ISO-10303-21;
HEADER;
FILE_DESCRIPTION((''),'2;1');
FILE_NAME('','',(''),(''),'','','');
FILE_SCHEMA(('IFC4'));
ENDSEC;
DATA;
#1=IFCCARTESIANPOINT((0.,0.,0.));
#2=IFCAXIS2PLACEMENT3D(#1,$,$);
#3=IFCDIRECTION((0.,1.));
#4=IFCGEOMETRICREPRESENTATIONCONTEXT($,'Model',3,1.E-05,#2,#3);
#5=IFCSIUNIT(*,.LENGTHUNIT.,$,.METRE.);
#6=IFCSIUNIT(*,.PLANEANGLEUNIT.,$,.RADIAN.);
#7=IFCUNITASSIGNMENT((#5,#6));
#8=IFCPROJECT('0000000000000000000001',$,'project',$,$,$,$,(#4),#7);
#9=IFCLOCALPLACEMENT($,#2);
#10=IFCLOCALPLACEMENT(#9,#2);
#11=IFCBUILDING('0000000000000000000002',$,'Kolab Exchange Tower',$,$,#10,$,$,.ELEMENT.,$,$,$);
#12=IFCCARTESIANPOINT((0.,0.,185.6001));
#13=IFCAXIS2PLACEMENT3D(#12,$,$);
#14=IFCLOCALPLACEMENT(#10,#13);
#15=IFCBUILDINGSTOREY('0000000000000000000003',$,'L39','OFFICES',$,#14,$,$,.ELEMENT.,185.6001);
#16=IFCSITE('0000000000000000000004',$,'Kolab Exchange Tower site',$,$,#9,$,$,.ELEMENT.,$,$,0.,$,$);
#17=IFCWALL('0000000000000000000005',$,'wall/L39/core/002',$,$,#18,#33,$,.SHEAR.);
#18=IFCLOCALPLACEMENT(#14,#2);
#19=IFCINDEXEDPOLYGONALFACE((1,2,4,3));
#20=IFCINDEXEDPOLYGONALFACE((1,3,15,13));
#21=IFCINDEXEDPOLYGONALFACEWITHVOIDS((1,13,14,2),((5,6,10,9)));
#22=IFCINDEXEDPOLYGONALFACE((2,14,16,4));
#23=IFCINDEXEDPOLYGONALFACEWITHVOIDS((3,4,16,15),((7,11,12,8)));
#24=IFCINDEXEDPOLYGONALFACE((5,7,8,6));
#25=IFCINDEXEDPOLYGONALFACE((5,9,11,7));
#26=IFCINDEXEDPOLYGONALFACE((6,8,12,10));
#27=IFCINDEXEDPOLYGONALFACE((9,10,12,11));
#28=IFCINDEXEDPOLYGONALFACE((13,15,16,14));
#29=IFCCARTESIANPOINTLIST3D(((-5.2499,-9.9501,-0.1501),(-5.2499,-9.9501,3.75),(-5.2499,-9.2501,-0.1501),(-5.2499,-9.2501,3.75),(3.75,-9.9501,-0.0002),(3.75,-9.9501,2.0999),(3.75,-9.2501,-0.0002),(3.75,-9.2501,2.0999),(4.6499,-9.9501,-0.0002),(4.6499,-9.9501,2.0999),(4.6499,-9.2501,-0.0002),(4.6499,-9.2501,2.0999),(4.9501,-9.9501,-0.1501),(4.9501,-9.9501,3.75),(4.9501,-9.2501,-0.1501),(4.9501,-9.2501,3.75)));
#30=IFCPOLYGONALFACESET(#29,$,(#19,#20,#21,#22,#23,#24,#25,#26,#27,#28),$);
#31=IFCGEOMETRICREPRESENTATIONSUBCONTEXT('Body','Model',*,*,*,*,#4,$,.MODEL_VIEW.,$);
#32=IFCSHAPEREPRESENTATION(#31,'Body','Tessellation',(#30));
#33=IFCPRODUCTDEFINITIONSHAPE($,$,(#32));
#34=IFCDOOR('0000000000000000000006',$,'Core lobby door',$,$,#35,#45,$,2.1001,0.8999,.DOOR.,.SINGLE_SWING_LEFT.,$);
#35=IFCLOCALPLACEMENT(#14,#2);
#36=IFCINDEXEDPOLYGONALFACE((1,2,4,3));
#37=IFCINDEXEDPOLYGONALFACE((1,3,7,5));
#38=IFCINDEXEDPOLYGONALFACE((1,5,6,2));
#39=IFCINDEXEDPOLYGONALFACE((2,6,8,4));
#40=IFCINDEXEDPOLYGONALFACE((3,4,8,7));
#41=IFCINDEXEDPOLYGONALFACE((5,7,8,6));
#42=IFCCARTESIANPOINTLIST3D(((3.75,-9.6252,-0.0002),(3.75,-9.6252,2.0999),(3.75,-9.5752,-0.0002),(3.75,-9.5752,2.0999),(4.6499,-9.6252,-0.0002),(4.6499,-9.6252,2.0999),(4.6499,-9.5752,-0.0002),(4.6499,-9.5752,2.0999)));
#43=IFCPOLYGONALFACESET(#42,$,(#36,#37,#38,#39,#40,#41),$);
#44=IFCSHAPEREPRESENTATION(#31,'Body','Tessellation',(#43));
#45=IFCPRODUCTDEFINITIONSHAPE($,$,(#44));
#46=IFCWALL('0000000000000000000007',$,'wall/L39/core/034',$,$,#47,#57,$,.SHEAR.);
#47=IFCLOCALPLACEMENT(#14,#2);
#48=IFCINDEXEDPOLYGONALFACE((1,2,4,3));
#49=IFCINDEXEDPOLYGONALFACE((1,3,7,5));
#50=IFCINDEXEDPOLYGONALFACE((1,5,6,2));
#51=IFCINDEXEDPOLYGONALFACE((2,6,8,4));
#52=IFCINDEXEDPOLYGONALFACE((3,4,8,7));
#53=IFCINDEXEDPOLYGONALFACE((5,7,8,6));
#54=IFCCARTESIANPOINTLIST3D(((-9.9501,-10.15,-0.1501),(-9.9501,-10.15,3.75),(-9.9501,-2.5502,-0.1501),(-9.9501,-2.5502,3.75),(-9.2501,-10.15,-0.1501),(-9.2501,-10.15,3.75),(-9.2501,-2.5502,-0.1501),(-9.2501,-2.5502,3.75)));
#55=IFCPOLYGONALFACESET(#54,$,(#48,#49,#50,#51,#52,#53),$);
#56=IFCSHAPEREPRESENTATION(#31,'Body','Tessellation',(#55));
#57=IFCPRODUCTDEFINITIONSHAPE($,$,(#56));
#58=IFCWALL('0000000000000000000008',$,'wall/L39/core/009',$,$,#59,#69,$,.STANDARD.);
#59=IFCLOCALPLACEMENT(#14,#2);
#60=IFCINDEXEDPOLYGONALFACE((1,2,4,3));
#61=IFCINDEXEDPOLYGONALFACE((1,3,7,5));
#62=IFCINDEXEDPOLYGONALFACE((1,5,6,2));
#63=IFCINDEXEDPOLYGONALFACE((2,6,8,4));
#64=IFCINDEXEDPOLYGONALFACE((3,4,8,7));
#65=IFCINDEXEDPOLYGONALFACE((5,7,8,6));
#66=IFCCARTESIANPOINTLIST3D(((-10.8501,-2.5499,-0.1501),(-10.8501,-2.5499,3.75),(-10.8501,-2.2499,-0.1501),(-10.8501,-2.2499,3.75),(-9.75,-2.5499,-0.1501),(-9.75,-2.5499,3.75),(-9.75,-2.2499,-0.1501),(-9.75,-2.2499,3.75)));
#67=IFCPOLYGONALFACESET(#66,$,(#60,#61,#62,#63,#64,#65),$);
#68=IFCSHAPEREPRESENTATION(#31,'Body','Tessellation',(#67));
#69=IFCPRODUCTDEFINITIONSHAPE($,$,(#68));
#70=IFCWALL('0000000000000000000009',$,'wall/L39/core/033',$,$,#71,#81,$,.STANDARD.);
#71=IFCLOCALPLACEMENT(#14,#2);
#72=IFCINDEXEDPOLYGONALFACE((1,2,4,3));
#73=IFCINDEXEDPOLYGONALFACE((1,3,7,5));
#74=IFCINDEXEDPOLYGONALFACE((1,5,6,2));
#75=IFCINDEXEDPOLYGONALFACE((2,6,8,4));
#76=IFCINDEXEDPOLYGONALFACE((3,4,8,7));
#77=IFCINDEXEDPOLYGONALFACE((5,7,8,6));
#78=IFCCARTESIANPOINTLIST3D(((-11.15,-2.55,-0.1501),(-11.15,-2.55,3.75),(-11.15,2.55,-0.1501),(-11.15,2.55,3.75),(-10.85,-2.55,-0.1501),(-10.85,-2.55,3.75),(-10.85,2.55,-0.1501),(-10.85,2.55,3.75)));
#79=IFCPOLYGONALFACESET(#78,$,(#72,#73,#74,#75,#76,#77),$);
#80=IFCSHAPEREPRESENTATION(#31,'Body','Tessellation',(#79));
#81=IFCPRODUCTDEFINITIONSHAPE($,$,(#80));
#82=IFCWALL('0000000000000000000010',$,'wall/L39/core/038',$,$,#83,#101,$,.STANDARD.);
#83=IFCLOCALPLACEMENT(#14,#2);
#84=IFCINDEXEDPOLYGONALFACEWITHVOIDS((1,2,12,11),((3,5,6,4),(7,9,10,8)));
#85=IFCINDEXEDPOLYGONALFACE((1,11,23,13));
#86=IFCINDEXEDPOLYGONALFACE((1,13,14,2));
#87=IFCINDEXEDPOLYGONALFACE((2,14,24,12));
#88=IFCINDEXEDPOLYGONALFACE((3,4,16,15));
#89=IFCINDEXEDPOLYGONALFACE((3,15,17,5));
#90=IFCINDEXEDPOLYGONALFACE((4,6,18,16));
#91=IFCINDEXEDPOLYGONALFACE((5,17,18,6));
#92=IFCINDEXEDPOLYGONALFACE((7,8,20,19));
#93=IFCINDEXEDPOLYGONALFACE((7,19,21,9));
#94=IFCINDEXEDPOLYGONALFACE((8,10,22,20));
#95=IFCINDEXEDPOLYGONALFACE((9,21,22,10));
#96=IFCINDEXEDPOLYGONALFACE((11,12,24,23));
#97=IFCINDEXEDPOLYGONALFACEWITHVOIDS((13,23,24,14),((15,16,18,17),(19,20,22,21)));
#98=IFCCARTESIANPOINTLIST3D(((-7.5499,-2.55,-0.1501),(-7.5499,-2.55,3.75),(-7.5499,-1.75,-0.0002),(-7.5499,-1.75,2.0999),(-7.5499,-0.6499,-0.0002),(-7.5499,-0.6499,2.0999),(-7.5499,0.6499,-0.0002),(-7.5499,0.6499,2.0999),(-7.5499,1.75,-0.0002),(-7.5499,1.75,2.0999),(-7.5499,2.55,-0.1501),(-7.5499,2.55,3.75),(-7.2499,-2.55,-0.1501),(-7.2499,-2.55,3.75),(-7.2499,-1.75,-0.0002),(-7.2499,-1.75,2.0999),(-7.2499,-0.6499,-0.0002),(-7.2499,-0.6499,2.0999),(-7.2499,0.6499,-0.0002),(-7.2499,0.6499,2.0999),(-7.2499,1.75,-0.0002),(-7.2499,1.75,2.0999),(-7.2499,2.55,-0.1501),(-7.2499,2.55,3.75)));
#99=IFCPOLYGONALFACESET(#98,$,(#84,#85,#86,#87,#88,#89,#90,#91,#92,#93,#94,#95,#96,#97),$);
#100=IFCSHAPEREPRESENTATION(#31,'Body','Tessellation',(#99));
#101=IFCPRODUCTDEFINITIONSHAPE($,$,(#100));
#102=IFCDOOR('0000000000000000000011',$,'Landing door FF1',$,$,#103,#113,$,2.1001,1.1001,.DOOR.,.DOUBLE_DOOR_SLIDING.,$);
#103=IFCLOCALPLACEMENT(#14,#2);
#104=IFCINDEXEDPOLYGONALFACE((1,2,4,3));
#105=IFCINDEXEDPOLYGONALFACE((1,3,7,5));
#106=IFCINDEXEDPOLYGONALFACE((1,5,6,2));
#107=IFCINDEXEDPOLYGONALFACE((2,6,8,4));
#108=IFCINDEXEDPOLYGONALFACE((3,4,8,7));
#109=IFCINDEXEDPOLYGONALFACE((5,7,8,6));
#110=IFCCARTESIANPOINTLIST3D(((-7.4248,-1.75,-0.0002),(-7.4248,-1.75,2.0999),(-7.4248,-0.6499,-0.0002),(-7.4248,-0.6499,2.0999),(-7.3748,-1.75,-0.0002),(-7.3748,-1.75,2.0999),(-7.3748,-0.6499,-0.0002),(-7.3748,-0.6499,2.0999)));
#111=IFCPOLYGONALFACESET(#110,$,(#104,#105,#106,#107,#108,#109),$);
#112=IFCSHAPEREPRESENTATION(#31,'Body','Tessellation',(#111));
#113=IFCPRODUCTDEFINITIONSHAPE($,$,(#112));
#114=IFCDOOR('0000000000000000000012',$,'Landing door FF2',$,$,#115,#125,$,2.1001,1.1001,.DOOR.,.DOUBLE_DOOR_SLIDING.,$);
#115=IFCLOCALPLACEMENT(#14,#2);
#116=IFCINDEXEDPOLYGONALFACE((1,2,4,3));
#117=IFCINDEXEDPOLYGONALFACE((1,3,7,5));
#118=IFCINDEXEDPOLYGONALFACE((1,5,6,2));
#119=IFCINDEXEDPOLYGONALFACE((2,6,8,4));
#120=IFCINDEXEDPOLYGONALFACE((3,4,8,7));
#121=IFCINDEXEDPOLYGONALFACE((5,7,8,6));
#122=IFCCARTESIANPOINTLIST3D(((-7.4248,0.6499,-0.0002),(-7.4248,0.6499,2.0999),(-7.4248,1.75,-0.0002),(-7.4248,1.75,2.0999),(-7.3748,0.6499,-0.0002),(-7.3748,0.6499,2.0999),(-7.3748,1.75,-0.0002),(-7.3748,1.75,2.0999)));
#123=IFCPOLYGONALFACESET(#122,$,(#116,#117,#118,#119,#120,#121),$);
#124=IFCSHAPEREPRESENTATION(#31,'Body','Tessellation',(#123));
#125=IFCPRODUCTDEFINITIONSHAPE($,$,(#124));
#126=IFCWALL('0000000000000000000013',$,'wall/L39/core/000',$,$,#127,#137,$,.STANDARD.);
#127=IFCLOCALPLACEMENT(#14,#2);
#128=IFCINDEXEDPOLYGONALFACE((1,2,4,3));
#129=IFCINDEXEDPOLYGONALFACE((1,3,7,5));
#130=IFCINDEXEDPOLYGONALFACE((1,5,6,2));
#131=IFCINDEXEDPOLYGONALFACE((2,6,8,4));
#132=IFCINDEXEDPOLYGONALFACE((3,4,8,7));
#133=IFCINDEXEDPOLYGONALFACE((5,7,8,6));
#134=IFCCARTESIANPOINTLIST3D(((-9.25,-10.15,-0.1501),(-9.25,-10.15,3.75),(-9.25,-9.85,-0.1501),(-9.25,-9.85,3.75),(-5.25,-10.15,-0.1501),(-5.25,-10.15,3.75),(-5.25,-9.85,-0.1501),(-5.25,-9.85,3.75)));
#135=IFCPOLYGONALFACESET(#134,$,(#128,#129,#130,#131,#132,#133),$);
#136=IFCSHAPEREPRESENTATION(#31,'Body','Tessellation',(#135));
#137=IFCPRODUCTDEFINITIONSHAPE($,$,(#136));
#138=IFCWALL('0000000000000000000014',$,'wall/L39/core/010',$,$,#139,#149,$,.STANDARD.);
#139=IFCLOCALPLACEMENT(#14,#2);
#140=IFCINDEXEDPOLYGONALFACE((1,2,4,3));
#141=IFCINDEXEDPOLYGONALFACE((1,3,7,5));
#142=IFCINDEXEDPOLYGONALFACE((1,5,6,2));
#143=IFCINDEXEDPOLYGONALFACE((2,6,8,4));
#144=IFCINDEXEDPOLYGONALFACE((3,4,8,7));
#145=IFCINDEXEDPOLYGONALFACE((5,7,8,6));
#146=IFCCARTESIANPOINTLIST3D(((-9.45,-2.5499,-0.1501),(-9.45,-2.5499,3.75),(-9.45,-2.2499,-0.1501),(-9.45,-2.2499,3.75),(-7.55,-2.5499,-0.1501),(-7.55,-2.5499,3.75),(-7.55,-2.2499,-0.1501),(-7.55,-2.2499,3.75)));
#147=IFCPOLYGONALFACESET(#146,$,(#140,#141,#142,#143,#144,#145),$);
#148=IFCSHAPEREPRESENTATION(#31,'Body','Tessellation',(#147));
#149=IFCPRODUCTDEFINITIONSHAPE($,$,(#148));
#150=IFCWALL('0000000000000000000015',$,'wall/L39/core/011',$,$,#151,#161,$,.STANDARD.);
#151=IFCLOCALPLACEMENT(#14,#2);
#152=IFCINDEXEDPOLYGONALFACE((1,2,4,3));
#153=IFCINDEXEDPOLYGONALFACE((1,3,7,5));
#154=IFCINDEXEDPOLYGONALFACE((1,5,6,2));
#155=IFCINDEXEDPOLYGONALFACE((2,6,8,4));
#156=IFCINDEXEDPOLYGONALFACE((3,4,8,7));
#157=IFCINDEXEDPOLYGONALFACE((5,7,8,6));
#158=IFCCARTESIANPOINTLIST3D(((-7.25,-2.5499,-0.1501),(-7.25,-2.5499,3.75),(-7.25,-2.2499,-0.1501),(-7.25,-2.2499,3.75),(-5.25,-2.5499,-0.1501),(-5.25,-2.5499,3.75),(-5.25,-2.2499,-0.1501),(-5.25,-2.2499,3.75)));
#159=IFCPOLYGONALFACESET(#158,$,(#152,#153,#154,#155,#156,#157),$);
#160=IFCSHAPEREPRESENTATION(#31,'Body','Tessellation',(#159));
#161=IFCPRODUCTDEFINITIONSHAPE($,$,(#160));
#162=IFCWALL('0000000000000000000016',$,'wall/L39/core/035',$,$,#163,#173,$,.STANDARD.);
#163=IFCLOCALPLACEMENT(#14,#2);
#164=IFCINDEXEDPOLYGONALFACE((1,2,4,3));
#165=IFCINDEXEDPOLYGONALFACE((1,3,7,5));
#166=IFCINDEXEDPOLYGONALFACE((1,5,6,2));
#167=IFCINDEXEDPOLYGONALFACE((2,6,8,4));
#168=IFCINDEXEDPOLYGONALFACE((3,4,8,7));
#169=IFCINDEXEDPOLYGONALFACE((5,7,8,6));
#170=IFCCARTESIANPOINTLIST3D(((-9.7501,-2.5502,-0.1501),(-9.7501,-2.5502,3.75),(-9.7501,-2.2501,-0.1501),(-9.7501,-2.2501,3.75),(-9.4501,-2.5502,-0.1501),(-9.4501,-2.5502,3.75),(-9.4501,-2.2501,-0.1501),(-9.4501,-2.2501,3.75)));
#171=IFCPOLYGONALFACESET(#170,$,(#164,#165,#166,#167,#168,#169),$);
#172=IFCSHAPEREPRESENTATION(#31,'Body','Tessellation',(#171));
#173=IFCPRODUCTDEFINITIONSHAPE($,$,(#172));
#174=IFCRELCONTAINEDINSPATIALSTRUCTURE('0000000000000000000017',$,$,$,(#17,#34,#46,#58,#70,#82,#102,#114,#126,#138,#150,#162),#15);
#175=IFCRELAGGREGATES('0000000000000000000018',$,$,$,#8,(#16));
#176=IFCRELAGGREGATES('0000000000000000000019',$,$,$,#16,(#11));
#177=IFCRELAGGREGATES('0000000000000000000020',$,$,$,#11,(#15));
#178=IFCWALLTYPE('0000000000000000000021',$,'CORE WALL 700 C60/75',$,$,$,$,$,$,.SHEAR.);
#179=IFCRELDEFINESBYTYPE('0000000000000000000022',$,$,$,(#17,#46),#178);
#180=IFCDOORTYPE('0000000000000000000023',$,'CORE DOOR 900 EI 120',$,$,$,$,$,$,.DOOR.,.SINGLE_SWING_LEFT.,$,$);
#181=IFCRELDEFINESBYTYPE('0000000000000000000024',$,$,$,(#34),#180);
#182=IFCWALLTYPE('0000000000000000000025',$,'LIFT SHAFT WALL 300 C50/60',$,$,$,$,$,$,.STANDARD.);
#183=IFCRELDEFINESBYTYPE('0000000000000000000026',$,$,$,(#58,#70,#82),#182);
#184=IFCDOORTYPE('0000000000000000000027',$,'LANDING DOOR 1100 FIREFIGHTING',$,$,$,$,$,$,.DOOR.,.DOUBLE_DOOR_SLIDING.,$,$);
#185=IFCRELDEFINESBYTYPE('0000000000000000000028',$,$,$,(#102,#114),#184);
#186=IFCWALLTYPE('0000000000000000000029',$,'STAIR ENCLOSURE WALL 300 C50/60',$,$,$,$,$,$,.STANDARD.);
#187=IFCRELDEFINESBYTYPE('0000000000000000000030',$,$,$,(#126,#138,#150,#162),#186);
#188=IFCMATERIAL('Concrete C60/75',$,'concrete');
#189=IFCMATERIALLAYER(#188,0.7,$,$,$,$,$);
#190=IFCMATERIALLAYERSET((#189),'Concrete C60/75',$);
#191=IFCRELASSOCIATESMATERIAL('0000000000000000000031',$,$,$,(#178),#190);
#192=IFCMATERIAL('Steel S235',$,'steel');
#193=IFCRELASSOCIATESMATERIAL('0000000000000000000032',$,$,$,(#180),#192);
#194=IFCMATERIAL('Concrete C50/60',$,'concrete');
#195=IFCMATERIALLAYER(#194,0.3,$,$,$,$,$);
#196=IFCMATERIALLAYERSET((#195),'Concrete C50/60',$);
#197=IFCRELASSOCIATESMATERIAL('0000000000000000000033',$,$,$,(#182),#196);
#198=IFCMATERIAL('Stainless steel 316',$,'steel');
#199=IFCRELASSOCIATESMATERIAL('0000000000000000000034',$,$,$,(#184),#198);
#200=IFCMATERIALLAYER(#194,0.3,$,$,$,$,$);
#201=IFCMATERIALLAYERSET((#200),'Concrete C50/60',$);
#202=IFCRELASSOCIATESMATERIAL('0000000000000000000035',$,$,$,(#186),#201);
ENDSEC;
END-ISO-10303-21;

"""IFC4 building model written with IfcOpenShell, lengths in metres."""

from ifc_helpers import new_model, si_unit, direction, frame, frame_2d, origin, place, context, subcontext, project, spatial, rectangle, extrude, material, layer, layer_set, type_object, element, fill, save


model = new_model("IFC4")

# Units and contexts
model_context = context("Model", 3, precision=1e-05, world=origin(), true_north=direction((0.0, 1.0)))
body_context = subcontext(model_context, "Body", "Model", "MODEL_VIEW")
ifc_project = project(units=[si_unit("LENGTHUNIT", "METRE"), si_unit("PLANEANGLEUNIT", "RADIAN")], contexts=[model_context])

# Site, building, storey
site_placement = place(None, origin())
site = spatial("IfcSite", under=ifc_project, at=site_placement, Name="Kolab Exchange Tower site", CompositionType="ELEMENT", RefElevation=0.0)
building_placement = place(site_placement, origin())
building = spatial("IfcBuilding", under=site, at=building_placement, Name="Kolab Exchange Tower", CompositionType="ELEMENT")
storey_placement = place(building_placement, frame((0.0, 0.0, 185.6001)))
storey = spatial("IfcBuildingStorey", under=building, at=storey_placement, Name="L39", Description="OFFICES", CompositionType="ELEMENT", Elevation=185.6001)

# Wall, opening, door
ifc_material_1 = material(Name="Concrete C60/75", Category="concrete")
ifc_layer_1 = layer(ifc_material_1, 0.7)
ifc_layer_set_1 = layer_set([ifc_layer_1], Name="Concrete C60/75")
wall_type_1 = type_object("IfcWallType", Name="CORE WALL 700 C60/75", PredefinedType="SHEAR", material=ifc_layer_set_1)
wall_1_placement = place(storey_placement, frame((-5.25, -9.6001, -0.1501), z_axis=(0.0, 0.0, 1.0), x_axis=(1.0, 0.0, 0.0)))
wall_1 = element("IfcWall", 1, at=wall_1_placement, inside=storey, type_object=wall_type_1, Name="wall/L39/core/002", PredefinedType="SHEAR", context=body_context, shape_type="SweptSolid", body=[
    extrude(rectangle(XDim=10.2, YDim=0.7, at=frame_2d((5.1001, 0.0))), origin(), (0.0, 0.0, 1.0), 3.9001),
])
opening_1_placement = place(wall_1_placement, frame((9.0, 0.0, 0.1499)))
opening_1 = element("IfcOpeningElement", 2, at=opening_1_placement, cuts=wall_1, PredefinedType="OPENING", context=body_context, shape_type="SweptSolid", body=[
    extrude(rectangle(XDim=0.8999, YDim=2.1001, at=frame_2d((0.45, 1.05))), frame((0.0, 0.3599, 0.0), z_axis=(0.0, -1.0, 0.0), x_axis=(1.0, 0.0, 0.0)), (0.0, 0.0, 1.0), 0.72),
])
ifc_material_2 = material(Name="Steel S235", Category="steel")
door_type_1 = type_object("IfcDoorType", Name="CORE DOOR 900 EI 120", OperationType="SINGLE_SWING_LEFT", PredefinedType="DOOR", material=ifc_material_2)
door_1_placement = place(opening_1_placement, origin())
door_1 = element("IfcDoor", 3, at=door_1_placement, inside=storey, type_object=door_type_1, Name="Core lobby door", OperationType="SINGLE_SWING_LEFT", OverallHeight=2.1001, OverallWidth=0.8999, PredefinedType="DOOR", context=body_context, shape_type="SweptSolid", body=[
    extrude(rectangle(XDim=0.8999, YDim=2.1001, at=frame_2d((0.45, 1.05))), frame((0.0, 0.0249, 0.0), z_axis=(0.0, -1.0, 0.0), x_axis=(1.0, 0.0, 0.0)), (0.0, 0.0, 1.0), 0.05),
])
fill(opening_1, door_1)

# Walls
wall_2_placement = place(storey_placement, frame((-9.6001, -10.1499, -0.1501), z_axis=(0.0, 0.0, 1.0), x_axis=(0.0, 1.0, 0.0)))
element("IfcWall", 4, at=wall_2_placement, inside=storey, type_object=wall_type_1, Name="wall/L39/core/034", PredefinedType="SHEAR", context=body_context, shape_type="SweptSolid", body=[
    extrude(rectangle(XDim=7.5999, YDim=0.7, at=frame_2d((3.7998, 0.0))), origin(), (0.0, 0.0, 1.0), 3.9001),
])
ifc_material_3 = material(Name="Concrete C50/60", Category="concrete")
ifc_layer_2 = layer(ifc_material_3, 0.3)
ifc_layer_set_2 = layer_set([ifc_layer_2], Name="Concrete C50/60")
wall_type_2 = type_object("IfcWallType", Name="LIFT SHAFT WALL 300 C50/60", PredefinedType="STANDARD", material=ifc_layer_set_2)
wall_3_placement = place(storey_placement, frame((-10.8501, -2.3999, -0.1501), z_axis=(0.0, 0.0, 1.0), x_axis=(1.0, 0.0, 0.0)))
element("IfcWall", 5, at=wall_3_placement, inside=storey, type_object=wall_type_2, Name="wall/L39/core/009", PredefinedType="STANDARD", context=body_context, shape_type="SweptSolid", body=[
    extrude(rectangle(XDim=1.1001, YDim=0.3, at=frame_2d((0.55, 0.0))), origin(), (0.0, 0.0, 1.0), 3.9001),
])
wall_4_placement = place(storey_placement, frame((-11.0, -2.55, -0.1501), z_axis=(0.0, 0.0, 1.0), x_axis=(0.0, 1.0, 0.0)))
element("IfcWall", 6, at=wall_4_placement, inside=storey, type_object=wall_type_2, Name="wall/L39/core/033", PredefinedType="STANDARD", context=body_context, shape_type="SweptSolid", body=[
    extrude(rectangle(XDim=5.1001, YDim=0.3, at=frame_2d((2.55, 0.0))), origin(), (0.0, 0.0, 1.0), 3.9001),
])

# Wall, openings, doors
wall_5_placement = place(storey_placement, frame((-7.3999, -2.55, -0.1501), z_axis=(0.0, 0.0, 1.0), x_axis=(0.0, 1.0, 0.0)))
wall_5 = element("IfcWall", 7, at=wall_5_placement, inside=storey, type_object=wall_type_2, Name="wall/L39/core/038", PredefinedType="STANDARD", context=body_context, shape_type="SweptSolid", body=[
    extrude(rectangle(XDim=5.1001, YDim=0.3, at=frame_2d((2.55, 0.0))), origin(), (0.0, 0.0, 1.0), 3.9001),
])
opening_2_placement = place(wall_5_placement, frame((0.8, 0.0, 0.1499)))
opening_2 = element("IfcOpeningElement", 8, at=opening_2_placement, cuts=wall_5, PredefinedType="OPENING", context=body_context, shape_type="SweptSolid", body=[
    extrude(rectangle(XDim=1.1001, YDim=2.1001, at=frame_2d((0.55, 1.05))), frame((0.0, 0.1602, 0.0), z_axis=(0.0, -1.0, 0.0), x_axis=(1.0, 0.0, 0.0)), (0.0, 0.0, 1.0), 0.3201),
])
opening_3_placement = place(wall_5_placement, frame((3.2, 0.0, 0.1499)))
opening_3 = element("IfcOpeningElement", 9, at=opening_3_placement, cuts=wall_5, PredefinedType="OPENING", context=body_context, shape_type="SweptSolid", body=[
    extrude(rectangle(XDim=1.1001, YDim=2.1001, at=frame_2d((0.55, 1.05))), frame((0.0, 0.1602, 0.0), z_axis=(0.0, -1.0, 0.0), x_axis=(1.0, 0.0, 0.0)), (0.0, 0.0, 1.0), 0.3201),
])
ifc_material_4 = material(Name="Stainless steel 316", Category="steel")
door_type_2 = type_object("IfcDoorType", Name="LANDING DOOR 1100 FIREFIGHTING", OperationType="DOUBLE_DOOR_SLIDING", PredefinedType="DOOR", material=ifc_material_4)
door_2_placement = place(opening_2_placement, origin())
door_2 = element("IfcDoor", 10, at=door_2_placement, inside=storey, type_object=door_type_2, Name="Landing door FF1", OperationType="DOUBLE_DOOR_SLIDING", OverallHeight=2.1001, OverallWidth=1.1001, PredefinedType="DOOR", context=body_context, shape_type="SweptSolid", body=[
    extrude(rectangle(XDim=1.1001, YDim=2.1001, at=frame_2d((0.55, 1.05))), frame((0.0, 0.0249, 0.0), z_axis=(0.0, -1.0, 0.0), x_axis=(1.0, 0.0, 0.0)), (0.0, 0.0, 1.0), 0.05),
])
fill(opening_2, door_2)
door_3_placement = place(opening_3_placement, origin())
door_3 = element("IfcDoor", 11, at=door_3_placement, inside=storey, type_object=door_type_2, Name="Landing door FF2", OperationType="DOUBLE_DOOR_SLIDING", OverallHeight=2.1001, OverallWidth=1.1001, PredefinedType="DOOR", context=body_context, shape_type="SweptSolid", body=[
    extrude(rectangle(XDim=1.1001, YDim=2.1001, at=frame_2d((0.55, 1.05))), frame((0.0, 0.0249, 0.0), z_axis=(0.0, -1.0, 0.0), x_axis=(1.0, 0.0, 0.0)), (0.0, 0.0, 1.0), 0.05),
])
fill(opening_3, door_3)

# Walls
ifc_layer_3 = layer(ifc_material_3, 0.3)
ifc_layer_set_3 = layer_set([ifc_layer_3], Name="Concrete C50/60")
wall_type_3 = type_object("IfcWallType", Name="STAIR ENCLOSURE WALL 300 C50/60", PredefinedType="STANDARD", material=ifc_layer_set_3)
wall_6_placement = place(storey_placement, frame((-9.25, -10.0, -0.1501), z_axis=(0.0, 0.0, 1.0), x_axis=(1.0, 0.0, 0.0)))
element("IfcWall", 12, at=wall_6_placement, inside=storey, type_object=wall_type_3, Name="wall/L39/core/000", PredefinedType="STANDARD", context=body_context, shape_type="SweptSolid", body=[
    extrude(rectangle(XDim=4.0, YDim=0.3, at=frame_2d((2.0, 0.0))), origin(), (0.0, 0.0, 1.0), 3.9001),
])
wall_7_placement = place(storey_placement, frame((-9.45, -2.3999, -0.1501), z_axis=(0.0, 0.0, 1.0), x_axis=(1.0, 0.0, 0.0)))
element("IfcWall", 13, at=wall_7_placement, inside=storey, type_object=wall_type_3, Name="wall/L39/core/010", PredefinedType="STANDARD", context=body_context, shape_type="SweptSolid", body=[
    extrude(rectangle(XDim=1.8999, YDim=0.3, at=frame_2d((0.95, 0.0))), origin(), (0.0, 0.0, 1.0), 3.9001),
])
wall_8_placement = place(storey_placement, frame((-7.25, -2.3999, -0.1501), z_axis=(0.0, 0.0, 1.0), x_axis=(1.0, 0.0, 0.0)))
element("IfcWall", 14, at=wall_8_placement, inside=storey, type_object=wall_type_3, Name="wall/L39/core/011", PredefinedType="STANDARD", context=body_context, shape_type="SweptSolid", body=[
    extrude(rectangle(XDim=2.0, YDim=0.3, at=frame_2d((1.0, 0.0))), origin(), (0.0, 0.0, 1.0), 3.9001),
])
wall_9_placement = place(storey_placement, frame((-9.6001, -2.55, -0.1501), z_axis=(0.0, 0.0, 1.0), x_axis=(0.0, 1.0, 0.0)))
element("IfcWall", 15, at=wall_9_placement, inside=storey, type_object=wall_type_3, Name="wall/L39/core/035", PredefinedType="STANDARD", context=body_context, shape_type="SweptSolid", body=[
    extrude(rectangle(XDim=0.3, YDim=0.3, at=frame_2d((0.1499, 0.0))), origin(), (0.0, 0.0, 1.0), 3.9001),
])

save(model, "model.ifc")
